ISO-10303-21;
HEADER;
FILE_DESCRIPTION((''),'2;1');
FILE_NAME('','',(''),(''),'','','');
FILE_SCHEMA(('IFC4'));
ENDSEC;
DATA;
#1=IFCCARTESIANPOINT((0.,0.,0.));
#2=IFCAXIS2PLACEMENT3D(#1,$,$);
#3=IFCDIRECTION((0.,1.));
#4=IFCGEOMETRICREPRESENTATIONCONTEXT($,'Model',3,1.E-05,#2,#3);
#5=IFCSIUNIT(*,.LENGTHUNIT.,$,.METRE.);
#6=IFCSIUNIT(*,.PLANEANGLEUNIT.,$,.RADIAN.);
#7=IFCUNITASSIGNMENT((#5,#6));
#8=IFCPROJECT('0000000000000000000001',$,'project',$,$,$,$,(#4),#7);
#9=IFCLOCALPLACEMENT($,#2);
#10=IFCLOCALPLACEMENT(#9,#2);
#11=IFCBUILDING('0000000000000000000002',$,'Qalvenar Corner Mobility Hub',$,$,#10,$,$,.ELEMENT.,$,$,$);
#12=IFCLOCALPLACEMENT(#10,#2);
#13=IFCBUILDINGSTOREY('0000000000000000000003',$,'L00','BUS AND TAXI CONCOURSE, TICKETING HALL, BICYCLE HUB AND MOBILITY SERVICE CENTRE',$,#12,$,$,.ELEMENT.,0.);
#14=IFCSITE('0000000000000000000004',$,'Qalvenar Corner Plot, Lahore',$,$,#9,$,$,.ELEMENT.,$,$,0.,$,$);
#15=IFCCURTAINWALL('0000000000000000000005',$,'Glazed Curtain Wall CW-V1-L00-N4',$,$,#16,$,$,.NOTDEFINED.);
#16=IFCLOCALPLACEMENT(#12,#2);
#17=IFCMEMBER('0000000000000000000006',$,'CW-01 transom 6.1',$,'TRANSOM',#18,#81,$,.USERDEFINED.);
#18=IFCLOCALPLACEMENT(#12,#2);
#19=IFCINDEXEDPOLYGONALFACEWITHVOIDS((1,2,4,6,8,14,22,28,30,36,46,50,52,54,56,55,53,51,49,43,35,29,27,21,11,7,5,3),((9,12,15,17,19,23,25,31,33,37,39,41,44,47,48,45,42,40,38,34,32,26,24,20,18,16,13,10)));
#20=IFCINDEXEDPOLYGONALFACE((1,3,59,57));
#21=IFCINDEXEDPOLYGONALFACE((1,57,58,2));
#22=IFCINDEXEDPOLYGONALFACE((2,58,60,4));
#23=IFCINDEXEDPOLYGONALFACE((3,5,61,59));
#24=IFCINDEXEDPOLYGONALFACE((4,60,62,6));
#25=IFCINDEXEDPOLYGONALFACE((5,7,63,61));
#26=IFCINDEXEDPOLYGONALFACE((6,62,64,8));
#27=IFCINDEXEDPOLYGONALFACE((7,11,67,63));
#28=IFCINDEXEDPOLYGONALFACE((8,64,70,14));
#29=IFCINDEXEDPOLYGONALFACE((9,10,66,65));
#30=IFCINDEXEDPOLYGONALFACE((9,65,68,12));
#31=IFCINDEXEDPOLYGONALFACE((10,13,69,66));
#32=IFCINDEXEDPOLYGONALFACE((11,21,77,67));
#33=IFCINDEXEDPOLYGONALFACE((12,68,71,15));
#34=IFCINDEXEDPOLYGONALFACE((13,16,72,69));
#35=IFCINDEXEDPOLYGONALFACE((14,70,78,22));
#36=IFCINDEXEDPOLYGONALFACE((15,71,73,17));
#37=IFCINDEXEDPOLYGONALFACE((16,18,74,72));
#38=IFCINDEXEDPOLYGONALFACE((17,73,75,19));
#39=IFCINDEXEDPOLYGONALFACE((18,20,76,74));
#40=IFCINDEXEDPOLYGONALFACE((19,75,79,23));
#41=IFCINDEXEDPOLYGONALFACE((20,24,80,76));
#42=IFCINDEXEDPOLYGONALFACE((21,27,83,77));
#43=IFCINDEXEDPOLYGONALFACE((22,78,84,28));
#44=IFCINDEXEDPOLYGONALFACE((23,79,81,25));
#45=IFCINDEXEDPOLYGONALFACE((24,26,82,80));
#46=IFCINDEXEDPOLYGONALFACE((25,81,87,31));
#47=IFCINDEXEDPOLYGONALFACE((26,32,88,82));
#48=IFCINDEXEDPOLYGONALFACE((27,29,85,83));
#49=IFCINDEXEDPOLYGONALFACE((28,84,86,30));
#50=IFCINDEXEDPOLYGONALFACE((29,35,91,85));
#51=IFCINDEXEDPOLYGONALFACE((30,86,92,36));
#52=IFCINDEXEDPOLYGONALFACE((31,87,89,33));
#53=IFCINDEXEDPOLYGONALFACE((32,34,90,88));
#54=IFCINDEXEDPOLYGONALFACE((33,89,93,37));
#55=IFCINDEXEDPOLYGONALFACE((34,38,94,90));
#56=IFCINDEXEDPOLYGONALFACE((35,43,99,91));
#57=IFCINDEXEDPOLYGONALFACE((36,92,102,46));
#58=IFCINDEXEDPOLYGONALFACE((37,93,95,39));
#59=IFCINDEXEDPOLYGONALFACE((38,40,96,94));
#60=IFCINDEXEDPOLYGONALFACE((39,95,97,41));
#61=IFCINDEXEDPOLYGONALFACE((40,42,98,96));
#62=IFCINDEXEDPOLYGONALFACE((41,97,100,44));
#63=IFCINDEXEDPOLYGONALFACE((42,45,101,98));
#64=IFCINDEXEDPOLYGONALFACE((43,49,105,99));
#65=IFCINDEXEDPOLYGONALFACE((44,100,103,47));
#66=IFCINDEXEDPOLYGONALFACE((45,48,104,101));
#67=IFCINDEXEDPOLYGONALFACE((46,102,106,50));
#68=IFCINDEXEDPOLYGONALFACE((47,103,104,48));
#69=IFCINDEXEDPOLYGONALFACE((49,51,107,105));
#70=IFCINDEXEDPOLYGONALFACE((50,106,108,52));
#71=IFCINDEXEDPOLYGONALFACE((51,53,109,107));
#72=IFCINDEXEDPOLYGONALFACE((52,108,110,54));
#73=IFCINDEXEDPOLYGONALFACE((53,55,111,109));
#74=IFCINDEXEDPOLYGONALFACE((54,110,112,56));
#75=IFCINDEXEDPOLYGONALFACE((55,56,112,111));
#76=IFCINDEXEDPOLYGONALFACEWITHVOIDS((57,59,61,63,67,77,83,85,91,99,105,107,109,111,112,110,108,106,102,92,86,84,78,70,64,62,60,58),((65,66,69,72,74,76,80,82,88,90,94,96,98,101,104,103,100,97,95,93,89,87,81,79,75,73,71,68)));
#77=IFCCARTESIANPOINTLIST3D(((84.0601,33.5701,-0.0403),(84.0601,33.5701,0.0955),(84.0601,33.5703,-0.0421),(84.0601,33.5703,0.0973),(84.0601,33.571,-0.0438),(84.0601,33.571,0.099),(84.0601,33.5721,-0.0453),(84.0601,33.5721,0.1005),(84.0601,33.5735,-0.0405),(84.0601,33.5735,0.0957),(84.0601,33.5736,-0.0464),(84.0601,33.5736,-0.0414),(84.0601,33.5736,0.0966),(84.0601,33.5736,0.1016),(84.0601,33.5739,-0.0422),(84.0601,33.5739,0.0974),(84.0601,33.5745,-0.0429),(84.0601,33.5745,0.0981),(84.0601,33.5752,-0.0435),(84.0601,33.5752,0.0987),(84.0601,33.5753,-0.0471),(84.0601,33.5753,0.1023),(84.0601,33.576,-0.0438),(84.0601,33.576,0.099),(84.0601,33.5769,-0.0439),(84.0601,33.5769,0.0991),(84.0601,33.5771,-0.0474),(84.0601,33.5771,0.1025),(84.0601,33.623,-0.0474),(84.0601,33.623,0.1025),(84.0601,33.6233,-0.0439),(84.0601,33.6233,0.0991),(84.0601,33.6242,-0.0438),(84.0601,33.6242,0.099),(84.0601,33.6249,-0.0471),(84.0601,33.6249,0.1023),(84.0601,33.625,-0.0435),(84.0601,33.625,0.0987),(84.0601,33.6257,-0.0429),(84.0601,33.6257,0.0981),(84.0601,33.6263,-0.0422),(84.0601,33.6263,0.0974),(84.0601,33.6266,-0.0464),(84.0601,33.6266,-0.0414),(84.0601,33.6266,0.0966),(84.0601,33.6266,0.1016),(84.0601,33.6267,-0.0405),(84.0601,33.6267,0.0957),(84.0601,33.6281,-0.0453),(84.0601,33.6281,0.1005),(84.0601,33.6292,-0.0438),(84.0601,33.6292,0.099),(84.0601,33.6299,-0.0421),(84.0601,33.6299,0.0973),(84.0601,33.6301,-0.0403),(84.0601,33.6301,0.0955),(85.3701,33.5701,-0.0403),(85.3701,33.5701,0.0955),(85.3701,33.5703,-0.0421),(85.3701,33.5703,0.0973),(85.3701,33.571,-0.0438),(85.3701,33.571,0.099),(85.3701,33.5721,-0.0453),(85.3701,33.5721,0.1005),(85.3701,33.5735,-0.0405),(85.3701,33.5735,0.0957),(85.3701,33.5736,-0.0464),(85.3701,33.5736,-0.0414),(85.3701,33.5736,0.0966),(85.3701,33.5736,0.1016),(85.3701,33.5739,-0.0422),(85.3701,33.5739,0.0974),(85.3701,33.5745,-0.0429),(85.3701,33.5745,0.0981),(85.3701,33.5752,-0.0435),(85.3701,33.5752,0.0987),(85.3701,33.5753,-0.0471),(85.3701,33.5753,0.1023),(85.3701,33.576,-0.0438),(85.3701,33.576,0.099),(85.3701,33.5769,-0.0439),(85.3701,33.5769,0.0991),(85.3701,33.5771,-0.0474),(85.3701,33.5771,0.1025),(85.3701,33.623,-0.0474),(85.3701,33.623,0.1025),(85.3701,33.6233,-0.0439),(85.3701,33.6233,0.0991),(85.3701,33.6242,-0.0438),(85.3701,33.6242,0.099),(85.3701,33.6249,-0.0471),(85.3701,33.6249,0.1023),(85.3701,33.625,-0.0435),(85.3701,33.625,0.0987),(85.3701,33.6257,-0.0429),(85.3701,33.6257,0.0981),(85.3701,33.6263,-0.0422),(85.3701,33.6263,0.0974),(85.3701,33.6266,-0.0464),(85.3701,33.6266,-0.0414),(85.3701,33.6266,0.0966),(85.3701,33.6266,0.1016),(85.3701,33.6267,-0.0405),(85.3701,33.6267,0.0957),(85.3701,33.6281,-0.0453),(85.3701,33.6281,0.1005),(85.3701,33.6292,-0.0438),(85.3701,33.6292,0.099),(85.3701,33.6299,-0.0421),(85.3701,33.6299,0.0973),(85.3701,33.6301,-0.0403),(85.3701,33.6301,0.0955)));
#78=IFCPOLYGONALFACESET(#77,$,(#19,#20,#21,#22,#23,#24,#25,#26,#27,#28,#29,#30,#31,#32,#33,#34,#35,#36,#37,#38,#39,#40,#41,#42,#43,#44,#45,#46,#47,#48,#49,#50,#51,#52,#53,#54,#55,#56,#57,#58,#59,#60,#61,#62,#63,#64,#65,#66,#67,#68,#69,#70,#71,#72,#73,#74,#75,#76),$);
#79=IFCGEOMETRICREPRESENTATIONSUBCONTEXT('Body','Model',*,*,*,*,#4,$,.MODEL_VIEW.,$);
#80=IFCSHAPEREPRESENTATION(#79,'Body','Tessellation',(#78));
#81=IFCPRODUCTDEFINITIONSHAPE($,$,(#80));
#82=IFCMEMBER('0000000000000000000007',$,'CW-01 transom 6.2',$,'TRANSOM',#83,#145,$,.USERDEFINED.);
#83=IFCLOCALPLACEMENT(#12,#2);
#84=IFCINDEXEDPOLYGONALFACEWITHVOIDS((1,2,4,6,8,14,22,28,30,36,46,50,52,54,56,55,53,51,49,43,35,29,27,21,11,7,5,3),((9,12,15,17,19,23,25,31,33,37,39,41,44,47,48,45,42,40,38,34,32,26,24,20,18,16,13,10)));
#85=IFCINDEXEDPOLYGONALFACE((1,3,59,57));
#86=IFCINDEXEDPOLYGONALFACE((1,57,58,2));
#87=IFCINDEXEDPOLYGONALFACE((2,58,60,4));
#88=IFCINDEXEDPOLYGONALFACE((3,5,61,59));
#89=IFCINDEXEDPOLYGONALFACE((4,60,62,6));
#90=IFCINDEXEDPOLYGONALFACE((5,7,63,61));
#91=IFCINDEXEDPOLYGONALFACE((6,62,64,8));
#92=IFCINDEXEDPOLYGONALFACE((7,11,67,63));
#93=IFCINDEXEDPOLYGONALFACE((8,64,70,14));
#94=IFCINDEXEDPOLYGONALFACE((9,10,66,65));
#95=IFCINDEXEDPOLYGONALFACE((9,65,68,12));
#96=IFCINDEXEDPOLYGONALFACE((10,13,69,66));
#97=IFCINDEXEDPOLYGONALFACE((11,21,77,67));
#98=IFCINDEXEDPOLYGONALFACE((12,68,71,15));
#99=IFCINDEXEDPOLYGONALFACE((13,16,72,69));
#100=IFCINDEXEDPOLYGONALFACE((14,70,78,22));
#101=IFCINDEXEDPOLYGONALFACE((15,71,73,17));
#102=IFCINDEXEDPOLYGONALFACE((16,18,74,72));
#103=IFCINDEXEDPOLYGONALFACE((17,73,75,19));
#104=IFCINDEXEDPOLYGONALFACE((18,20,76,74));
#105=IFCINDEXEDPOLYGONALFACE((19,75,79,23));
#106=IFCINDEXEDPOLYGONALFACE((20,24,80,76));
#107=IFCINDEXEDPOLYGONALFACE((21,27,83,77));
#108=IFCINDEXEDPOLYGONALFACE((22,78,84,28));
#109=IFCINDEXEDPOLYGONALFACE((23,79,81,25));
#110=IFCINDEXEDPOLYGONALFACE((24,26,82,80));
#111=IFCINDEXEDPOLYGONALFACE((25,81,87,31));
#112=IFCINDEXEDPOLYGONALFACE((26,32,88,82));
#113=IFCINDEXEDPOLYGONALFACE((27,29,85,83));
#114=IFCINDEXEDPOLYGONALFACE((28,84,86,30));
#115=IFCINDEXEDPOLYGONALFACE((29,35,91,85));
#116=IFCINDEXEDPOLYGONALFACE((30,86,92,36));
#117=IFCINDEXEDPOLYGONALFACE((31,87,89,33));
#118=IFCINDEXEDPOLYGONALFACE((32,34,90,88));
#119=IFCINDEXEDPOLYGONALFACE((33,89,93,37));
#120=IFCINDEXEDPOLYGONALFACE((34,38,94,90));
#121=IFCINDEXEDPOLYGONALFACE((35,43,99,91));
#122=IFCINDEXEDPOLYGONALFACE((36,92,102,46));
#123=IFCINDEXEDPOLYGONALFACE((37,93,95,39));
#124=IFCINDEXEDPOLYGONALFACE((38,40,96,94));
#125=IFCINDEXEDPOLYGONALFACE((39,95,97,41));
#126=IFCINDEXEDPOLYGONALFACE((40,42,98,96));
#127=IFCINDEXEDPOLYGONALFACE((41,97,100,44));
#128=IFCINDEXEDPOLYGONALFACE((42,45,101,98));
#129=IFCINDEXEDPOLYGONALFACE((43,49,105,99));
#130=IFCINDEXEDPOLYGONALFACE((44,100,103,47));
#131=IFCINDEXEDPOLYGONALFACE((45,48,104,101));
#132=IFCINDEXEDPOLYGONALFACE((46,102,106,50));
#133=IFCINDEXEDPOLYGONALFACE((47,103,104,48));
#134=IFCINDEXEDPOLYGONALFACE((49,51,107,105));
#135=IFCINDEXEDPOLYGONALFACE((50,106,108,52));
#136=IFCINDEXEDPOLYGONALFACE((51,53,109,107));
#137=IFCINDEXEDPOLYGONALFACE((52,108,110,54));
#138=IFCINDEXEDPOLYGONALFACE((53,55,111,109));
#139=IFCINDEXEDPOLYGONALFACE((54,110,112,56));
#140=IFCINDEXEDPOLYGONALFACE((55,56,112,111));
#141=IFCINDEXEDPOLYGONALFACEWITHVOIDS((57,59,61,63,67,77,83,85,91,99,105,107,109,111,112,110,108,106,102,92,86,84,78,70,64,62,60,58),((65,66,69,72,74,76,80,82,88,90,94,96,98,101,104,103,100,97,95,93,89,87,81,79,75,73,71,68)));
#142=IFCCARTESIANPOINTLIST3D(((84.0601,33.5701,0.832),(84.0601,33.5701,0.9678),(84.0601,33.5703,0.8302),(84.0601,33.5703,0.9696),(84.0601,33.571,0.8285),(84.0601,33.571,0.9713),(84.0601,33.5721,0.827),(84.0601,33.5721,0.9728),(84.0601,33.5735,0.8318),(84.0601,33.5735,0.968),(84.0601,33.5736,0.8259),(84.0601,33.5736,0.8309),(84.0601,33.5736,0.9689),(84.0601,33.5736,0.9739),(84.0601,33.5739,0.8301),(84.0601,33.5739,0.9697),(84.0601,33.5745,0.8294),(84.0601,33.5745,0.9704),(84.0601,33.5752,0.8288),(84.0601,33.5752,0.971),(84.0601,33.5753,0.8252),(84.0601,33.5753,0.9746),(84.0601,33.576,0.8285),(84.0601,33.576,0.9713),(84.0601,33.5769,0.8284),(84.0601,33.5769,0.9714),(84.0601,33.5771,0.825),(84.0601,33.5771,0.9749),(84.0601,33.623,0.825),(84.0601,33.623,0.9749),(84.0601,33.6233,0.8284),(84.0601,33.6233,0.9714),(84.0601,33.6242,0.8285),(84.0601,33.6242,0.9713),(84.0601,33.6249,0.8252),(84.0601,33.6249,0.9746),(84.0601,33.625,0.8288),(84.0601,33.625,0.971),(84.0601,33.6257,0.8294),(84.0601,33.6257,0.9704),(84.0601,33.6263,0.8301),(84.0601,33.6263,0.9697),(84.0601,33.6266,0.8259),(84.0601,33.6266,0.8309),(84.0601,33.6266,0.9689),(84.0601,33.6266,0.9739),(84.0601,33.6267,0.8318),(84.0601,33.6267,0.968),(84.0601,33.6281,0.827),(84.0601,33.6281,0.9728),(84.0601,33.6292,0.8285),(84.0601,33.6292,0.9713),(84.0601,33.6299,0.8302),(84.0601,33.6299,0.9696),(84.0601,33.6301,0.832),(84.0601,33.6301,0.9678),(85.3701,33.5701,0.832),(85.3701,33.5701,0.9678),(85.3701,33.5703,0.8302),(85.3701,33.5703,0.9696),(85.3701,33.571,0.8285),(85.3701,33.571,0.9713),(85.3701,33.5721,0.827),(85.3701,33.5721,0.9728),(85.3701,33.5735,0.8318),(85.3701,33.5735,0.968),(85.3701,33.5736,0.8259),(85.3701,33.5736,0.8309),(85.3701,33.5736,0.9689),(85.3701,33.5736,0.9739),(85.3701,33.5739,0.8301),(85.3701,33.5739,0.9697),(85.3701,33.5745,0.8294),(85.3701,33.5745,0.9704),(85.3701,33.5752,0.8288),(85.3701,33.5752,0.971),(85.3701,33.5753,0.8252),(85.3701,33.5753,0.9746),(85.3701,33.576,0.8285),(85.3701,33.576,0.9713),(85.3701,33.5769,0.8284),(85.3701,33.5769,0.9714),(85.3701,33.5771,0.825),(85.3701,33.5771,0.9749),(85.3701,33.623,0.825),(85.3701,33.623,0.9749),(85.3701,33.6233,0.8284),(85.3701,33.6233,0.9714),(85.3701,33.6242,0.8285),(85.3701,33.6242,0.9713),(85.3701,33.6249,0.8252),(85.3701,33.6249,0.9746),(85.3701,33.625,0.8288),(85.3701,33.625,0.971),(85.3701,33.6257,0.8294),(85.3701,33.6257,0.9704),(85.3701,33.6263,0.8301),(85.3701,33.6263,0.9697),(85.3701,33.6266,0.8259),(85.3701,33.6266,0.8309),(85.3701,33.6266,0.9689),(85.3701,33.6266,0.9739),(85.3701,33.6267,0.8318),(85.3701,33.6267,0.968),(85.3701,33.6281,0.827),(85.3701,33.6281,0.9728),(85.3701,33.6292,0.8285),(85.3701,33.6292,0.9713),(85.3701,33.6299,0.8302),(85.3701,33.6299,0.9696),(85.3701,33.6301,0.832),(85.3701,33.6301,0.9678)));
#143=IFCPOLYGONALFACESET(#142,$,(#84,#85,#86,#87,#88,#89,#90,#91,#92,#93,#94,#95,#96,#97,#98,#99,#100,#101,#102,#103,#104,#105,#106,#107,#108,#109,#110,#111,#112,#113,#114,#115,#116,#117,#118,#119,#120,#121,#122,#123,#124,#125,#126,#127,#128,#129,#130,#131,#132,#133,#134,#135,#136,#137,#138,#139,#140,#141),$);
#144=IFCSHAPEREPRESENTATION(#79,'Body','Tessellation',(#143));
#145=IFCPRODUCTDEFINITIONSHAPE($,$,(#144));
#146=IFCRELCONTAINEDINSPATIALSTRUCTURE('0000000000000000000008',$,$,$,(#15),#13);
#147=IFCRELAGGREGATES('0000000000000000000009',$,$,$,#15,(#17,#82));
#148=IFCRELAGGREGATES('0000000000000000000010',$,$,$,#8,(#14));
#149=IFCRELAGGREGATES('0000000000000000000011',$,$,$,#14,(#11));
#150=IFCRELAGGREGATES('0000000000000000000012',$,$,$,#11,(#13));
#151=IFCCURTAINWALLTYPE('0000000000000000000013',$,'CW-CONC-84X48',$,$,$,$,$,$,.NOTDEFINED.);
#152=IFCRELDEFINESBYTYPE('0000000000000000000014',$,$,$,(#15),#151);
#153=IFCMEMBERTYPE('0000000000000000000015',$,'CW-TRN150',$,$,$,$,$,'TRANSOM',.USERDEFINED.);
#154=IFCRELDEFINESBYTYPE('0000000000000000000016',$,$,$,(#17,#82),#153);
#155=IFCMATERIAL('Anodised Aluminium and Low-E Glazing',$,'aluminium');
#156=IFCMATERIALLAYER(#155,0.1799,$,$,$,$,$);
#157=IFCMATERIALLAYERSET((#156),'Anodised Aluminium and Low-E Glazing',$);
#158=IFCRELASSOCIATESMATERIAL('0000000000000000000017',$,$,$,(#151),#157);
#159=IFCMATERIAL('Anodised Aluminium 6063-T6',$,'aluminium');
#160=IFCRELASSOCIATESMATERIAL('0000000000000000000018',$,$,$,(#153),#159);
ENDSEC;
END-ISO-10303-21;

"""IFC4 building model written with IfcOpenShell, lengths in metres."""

from ifc_helpers import new_model, si_unit, direction, frame, origin, origin_2d, place, context, subcontext, project, spatial, hollow_rectangle, extrude, material, layer, layer_set, material_profile, profile_set, type_object, element, aggregate, save


model = new_model("IFC4")

# Units and contexts
model_context = context("Model", 3, precision=1e-05, world=origin(), true_north=direction((0.0, 1.0)))
body_context = subcontext(model_context, "Body", "Model", "MODEL_VIEW")
ifc_project = project(units=[si_unit("LENGTHUNIT", "METRE"), si_unit("PLANEANGLEUNIT", "RADIAN")], contexts=[model_context])

# Site, building, storey
site_placement = place(None, origin())
site = spatial("IfcSite", under=ifc_project, at=site_placement, Name="Qalvenar Corner Plot, Lahore", CompositionType="ELEMENT", RefElevation=0.0)
building_placement = place(site_placement, origin())
building = spatial("IfcBuilding", under=site, at=building_placement, Name="Qalvenar Corner Mobility Hub", CompositionType="ELEMENT")
storey_placement = place(building_placement, origin())
storey = spatial("IfcBuildingStorey", under=building, at=storey_placement, Name="L00", Description="BUS AND TAXI CONCOURSE, TICKETING HALL, BICYCLE HUB AND MOBILITY SERVICE CENTRE", CompositionType="ELEMENT", Elevation=0.0)

# Curtain wall, members
ifc_material_1 = material(Name="Anodised Aluminium and Low-E Glazing", Category="aluminium")
ifc_layer_1 = layer(ifc_material_1, 0.1799)
ifc_layer_set_1 = layer_set([ifc_layer_1], Name="Anodised Aluminium and Low-E Glazing")
curtain_wall_type = type_object("IfcCurtainWallType", Name="CW-CONC-84X48", PredefinedType="NOTDEFINED", material=ifc_layer_set_1)
curtain_wall_placement = place(storey_placement, origin())
curtain_wall = element("IfcCurtainWall", 1, at=curtain_wall_placement, inside=storey, type_object=curtain_wall_type, Name="Glazed Curtain Wall CW-V1-L00-N4", PredefinedType="NOTDEFINED")
ifc_material_2 = material(Name="Anodised Aluminium 6063-T6", Category="aluminium")
ifc_material_profile_1 = material_profile(ifc_material_2, hollow_rectangle(XDim=0.0601, YDim=0.1499, WallThickness=0.0034, InnerFilletRadius=0.0034, OuterFilletRadius=0.0071, at=origin_2d()), Name="RHS150x60x3.5")
ifc_profile_set_1 = profile_set([ifc_material_profile_1], Name="Anodised Aluminium 6063-T6")
member_type_1 = type_object("IfcMemberType", Name="CW-TRN150", ElementType="TRANSOM", PredefinedType="USERDEFINED", material=ifc_profile_set_1)
member_1_placement = place(storey_placement, frame((85.3701, 33.6001, 0.0276), z_axis=(-1.0, 0.0, 0.0), x_axis=(0.0, -1.0, 0.0)))
member_1 = element("IfcMember", 2, at=member_1_placement, type_object=member_type_1, Name="CW-01 transom 6.1", ObjectType="TRANSOM", PredefinedType="USERDEFINED", context=body_context, shape_type="SweptSolid", body=[
    extrude(hollow_rectangle(XDim=0.0601, YDim=0.1499, WallThickness=0.0034, InnerFilletRadius=0.0034, OuterFilletRadius=0.0071, at=origin_2d()), origin(), (0.0, 0.0, 1.0), 1.3101),
])
member_2_placement = place(storey_placement, frame((85.3701, 33.6001, 0.8999), z_axis=(-1.0, 0.0, 0.0), x_axis=(0.0, -1.0, 0.0)))
member_2 = element("IfcMember", 3, at=member_2_placement, type_object=member_type_1, Name="CW-01 transom 6.2", ObjectType="TRANSOM", PredefinedType="USERDEFINED", context=body_context, shape_type="SweptSolid", body=[
    extrude(hollow_rectangle(XDim=0.0601, YDim=0.1499, WallThickness=0.0034, InnerFilletRadius=0.0034, OuterFilletRadius=0.0071, at=origin_2d()), origin(), (0.0, 0.0, 1.0), 1.3101),
])
aggregate(curtain_wall, [member_1, member_2])

save(model, "model.ifc")
